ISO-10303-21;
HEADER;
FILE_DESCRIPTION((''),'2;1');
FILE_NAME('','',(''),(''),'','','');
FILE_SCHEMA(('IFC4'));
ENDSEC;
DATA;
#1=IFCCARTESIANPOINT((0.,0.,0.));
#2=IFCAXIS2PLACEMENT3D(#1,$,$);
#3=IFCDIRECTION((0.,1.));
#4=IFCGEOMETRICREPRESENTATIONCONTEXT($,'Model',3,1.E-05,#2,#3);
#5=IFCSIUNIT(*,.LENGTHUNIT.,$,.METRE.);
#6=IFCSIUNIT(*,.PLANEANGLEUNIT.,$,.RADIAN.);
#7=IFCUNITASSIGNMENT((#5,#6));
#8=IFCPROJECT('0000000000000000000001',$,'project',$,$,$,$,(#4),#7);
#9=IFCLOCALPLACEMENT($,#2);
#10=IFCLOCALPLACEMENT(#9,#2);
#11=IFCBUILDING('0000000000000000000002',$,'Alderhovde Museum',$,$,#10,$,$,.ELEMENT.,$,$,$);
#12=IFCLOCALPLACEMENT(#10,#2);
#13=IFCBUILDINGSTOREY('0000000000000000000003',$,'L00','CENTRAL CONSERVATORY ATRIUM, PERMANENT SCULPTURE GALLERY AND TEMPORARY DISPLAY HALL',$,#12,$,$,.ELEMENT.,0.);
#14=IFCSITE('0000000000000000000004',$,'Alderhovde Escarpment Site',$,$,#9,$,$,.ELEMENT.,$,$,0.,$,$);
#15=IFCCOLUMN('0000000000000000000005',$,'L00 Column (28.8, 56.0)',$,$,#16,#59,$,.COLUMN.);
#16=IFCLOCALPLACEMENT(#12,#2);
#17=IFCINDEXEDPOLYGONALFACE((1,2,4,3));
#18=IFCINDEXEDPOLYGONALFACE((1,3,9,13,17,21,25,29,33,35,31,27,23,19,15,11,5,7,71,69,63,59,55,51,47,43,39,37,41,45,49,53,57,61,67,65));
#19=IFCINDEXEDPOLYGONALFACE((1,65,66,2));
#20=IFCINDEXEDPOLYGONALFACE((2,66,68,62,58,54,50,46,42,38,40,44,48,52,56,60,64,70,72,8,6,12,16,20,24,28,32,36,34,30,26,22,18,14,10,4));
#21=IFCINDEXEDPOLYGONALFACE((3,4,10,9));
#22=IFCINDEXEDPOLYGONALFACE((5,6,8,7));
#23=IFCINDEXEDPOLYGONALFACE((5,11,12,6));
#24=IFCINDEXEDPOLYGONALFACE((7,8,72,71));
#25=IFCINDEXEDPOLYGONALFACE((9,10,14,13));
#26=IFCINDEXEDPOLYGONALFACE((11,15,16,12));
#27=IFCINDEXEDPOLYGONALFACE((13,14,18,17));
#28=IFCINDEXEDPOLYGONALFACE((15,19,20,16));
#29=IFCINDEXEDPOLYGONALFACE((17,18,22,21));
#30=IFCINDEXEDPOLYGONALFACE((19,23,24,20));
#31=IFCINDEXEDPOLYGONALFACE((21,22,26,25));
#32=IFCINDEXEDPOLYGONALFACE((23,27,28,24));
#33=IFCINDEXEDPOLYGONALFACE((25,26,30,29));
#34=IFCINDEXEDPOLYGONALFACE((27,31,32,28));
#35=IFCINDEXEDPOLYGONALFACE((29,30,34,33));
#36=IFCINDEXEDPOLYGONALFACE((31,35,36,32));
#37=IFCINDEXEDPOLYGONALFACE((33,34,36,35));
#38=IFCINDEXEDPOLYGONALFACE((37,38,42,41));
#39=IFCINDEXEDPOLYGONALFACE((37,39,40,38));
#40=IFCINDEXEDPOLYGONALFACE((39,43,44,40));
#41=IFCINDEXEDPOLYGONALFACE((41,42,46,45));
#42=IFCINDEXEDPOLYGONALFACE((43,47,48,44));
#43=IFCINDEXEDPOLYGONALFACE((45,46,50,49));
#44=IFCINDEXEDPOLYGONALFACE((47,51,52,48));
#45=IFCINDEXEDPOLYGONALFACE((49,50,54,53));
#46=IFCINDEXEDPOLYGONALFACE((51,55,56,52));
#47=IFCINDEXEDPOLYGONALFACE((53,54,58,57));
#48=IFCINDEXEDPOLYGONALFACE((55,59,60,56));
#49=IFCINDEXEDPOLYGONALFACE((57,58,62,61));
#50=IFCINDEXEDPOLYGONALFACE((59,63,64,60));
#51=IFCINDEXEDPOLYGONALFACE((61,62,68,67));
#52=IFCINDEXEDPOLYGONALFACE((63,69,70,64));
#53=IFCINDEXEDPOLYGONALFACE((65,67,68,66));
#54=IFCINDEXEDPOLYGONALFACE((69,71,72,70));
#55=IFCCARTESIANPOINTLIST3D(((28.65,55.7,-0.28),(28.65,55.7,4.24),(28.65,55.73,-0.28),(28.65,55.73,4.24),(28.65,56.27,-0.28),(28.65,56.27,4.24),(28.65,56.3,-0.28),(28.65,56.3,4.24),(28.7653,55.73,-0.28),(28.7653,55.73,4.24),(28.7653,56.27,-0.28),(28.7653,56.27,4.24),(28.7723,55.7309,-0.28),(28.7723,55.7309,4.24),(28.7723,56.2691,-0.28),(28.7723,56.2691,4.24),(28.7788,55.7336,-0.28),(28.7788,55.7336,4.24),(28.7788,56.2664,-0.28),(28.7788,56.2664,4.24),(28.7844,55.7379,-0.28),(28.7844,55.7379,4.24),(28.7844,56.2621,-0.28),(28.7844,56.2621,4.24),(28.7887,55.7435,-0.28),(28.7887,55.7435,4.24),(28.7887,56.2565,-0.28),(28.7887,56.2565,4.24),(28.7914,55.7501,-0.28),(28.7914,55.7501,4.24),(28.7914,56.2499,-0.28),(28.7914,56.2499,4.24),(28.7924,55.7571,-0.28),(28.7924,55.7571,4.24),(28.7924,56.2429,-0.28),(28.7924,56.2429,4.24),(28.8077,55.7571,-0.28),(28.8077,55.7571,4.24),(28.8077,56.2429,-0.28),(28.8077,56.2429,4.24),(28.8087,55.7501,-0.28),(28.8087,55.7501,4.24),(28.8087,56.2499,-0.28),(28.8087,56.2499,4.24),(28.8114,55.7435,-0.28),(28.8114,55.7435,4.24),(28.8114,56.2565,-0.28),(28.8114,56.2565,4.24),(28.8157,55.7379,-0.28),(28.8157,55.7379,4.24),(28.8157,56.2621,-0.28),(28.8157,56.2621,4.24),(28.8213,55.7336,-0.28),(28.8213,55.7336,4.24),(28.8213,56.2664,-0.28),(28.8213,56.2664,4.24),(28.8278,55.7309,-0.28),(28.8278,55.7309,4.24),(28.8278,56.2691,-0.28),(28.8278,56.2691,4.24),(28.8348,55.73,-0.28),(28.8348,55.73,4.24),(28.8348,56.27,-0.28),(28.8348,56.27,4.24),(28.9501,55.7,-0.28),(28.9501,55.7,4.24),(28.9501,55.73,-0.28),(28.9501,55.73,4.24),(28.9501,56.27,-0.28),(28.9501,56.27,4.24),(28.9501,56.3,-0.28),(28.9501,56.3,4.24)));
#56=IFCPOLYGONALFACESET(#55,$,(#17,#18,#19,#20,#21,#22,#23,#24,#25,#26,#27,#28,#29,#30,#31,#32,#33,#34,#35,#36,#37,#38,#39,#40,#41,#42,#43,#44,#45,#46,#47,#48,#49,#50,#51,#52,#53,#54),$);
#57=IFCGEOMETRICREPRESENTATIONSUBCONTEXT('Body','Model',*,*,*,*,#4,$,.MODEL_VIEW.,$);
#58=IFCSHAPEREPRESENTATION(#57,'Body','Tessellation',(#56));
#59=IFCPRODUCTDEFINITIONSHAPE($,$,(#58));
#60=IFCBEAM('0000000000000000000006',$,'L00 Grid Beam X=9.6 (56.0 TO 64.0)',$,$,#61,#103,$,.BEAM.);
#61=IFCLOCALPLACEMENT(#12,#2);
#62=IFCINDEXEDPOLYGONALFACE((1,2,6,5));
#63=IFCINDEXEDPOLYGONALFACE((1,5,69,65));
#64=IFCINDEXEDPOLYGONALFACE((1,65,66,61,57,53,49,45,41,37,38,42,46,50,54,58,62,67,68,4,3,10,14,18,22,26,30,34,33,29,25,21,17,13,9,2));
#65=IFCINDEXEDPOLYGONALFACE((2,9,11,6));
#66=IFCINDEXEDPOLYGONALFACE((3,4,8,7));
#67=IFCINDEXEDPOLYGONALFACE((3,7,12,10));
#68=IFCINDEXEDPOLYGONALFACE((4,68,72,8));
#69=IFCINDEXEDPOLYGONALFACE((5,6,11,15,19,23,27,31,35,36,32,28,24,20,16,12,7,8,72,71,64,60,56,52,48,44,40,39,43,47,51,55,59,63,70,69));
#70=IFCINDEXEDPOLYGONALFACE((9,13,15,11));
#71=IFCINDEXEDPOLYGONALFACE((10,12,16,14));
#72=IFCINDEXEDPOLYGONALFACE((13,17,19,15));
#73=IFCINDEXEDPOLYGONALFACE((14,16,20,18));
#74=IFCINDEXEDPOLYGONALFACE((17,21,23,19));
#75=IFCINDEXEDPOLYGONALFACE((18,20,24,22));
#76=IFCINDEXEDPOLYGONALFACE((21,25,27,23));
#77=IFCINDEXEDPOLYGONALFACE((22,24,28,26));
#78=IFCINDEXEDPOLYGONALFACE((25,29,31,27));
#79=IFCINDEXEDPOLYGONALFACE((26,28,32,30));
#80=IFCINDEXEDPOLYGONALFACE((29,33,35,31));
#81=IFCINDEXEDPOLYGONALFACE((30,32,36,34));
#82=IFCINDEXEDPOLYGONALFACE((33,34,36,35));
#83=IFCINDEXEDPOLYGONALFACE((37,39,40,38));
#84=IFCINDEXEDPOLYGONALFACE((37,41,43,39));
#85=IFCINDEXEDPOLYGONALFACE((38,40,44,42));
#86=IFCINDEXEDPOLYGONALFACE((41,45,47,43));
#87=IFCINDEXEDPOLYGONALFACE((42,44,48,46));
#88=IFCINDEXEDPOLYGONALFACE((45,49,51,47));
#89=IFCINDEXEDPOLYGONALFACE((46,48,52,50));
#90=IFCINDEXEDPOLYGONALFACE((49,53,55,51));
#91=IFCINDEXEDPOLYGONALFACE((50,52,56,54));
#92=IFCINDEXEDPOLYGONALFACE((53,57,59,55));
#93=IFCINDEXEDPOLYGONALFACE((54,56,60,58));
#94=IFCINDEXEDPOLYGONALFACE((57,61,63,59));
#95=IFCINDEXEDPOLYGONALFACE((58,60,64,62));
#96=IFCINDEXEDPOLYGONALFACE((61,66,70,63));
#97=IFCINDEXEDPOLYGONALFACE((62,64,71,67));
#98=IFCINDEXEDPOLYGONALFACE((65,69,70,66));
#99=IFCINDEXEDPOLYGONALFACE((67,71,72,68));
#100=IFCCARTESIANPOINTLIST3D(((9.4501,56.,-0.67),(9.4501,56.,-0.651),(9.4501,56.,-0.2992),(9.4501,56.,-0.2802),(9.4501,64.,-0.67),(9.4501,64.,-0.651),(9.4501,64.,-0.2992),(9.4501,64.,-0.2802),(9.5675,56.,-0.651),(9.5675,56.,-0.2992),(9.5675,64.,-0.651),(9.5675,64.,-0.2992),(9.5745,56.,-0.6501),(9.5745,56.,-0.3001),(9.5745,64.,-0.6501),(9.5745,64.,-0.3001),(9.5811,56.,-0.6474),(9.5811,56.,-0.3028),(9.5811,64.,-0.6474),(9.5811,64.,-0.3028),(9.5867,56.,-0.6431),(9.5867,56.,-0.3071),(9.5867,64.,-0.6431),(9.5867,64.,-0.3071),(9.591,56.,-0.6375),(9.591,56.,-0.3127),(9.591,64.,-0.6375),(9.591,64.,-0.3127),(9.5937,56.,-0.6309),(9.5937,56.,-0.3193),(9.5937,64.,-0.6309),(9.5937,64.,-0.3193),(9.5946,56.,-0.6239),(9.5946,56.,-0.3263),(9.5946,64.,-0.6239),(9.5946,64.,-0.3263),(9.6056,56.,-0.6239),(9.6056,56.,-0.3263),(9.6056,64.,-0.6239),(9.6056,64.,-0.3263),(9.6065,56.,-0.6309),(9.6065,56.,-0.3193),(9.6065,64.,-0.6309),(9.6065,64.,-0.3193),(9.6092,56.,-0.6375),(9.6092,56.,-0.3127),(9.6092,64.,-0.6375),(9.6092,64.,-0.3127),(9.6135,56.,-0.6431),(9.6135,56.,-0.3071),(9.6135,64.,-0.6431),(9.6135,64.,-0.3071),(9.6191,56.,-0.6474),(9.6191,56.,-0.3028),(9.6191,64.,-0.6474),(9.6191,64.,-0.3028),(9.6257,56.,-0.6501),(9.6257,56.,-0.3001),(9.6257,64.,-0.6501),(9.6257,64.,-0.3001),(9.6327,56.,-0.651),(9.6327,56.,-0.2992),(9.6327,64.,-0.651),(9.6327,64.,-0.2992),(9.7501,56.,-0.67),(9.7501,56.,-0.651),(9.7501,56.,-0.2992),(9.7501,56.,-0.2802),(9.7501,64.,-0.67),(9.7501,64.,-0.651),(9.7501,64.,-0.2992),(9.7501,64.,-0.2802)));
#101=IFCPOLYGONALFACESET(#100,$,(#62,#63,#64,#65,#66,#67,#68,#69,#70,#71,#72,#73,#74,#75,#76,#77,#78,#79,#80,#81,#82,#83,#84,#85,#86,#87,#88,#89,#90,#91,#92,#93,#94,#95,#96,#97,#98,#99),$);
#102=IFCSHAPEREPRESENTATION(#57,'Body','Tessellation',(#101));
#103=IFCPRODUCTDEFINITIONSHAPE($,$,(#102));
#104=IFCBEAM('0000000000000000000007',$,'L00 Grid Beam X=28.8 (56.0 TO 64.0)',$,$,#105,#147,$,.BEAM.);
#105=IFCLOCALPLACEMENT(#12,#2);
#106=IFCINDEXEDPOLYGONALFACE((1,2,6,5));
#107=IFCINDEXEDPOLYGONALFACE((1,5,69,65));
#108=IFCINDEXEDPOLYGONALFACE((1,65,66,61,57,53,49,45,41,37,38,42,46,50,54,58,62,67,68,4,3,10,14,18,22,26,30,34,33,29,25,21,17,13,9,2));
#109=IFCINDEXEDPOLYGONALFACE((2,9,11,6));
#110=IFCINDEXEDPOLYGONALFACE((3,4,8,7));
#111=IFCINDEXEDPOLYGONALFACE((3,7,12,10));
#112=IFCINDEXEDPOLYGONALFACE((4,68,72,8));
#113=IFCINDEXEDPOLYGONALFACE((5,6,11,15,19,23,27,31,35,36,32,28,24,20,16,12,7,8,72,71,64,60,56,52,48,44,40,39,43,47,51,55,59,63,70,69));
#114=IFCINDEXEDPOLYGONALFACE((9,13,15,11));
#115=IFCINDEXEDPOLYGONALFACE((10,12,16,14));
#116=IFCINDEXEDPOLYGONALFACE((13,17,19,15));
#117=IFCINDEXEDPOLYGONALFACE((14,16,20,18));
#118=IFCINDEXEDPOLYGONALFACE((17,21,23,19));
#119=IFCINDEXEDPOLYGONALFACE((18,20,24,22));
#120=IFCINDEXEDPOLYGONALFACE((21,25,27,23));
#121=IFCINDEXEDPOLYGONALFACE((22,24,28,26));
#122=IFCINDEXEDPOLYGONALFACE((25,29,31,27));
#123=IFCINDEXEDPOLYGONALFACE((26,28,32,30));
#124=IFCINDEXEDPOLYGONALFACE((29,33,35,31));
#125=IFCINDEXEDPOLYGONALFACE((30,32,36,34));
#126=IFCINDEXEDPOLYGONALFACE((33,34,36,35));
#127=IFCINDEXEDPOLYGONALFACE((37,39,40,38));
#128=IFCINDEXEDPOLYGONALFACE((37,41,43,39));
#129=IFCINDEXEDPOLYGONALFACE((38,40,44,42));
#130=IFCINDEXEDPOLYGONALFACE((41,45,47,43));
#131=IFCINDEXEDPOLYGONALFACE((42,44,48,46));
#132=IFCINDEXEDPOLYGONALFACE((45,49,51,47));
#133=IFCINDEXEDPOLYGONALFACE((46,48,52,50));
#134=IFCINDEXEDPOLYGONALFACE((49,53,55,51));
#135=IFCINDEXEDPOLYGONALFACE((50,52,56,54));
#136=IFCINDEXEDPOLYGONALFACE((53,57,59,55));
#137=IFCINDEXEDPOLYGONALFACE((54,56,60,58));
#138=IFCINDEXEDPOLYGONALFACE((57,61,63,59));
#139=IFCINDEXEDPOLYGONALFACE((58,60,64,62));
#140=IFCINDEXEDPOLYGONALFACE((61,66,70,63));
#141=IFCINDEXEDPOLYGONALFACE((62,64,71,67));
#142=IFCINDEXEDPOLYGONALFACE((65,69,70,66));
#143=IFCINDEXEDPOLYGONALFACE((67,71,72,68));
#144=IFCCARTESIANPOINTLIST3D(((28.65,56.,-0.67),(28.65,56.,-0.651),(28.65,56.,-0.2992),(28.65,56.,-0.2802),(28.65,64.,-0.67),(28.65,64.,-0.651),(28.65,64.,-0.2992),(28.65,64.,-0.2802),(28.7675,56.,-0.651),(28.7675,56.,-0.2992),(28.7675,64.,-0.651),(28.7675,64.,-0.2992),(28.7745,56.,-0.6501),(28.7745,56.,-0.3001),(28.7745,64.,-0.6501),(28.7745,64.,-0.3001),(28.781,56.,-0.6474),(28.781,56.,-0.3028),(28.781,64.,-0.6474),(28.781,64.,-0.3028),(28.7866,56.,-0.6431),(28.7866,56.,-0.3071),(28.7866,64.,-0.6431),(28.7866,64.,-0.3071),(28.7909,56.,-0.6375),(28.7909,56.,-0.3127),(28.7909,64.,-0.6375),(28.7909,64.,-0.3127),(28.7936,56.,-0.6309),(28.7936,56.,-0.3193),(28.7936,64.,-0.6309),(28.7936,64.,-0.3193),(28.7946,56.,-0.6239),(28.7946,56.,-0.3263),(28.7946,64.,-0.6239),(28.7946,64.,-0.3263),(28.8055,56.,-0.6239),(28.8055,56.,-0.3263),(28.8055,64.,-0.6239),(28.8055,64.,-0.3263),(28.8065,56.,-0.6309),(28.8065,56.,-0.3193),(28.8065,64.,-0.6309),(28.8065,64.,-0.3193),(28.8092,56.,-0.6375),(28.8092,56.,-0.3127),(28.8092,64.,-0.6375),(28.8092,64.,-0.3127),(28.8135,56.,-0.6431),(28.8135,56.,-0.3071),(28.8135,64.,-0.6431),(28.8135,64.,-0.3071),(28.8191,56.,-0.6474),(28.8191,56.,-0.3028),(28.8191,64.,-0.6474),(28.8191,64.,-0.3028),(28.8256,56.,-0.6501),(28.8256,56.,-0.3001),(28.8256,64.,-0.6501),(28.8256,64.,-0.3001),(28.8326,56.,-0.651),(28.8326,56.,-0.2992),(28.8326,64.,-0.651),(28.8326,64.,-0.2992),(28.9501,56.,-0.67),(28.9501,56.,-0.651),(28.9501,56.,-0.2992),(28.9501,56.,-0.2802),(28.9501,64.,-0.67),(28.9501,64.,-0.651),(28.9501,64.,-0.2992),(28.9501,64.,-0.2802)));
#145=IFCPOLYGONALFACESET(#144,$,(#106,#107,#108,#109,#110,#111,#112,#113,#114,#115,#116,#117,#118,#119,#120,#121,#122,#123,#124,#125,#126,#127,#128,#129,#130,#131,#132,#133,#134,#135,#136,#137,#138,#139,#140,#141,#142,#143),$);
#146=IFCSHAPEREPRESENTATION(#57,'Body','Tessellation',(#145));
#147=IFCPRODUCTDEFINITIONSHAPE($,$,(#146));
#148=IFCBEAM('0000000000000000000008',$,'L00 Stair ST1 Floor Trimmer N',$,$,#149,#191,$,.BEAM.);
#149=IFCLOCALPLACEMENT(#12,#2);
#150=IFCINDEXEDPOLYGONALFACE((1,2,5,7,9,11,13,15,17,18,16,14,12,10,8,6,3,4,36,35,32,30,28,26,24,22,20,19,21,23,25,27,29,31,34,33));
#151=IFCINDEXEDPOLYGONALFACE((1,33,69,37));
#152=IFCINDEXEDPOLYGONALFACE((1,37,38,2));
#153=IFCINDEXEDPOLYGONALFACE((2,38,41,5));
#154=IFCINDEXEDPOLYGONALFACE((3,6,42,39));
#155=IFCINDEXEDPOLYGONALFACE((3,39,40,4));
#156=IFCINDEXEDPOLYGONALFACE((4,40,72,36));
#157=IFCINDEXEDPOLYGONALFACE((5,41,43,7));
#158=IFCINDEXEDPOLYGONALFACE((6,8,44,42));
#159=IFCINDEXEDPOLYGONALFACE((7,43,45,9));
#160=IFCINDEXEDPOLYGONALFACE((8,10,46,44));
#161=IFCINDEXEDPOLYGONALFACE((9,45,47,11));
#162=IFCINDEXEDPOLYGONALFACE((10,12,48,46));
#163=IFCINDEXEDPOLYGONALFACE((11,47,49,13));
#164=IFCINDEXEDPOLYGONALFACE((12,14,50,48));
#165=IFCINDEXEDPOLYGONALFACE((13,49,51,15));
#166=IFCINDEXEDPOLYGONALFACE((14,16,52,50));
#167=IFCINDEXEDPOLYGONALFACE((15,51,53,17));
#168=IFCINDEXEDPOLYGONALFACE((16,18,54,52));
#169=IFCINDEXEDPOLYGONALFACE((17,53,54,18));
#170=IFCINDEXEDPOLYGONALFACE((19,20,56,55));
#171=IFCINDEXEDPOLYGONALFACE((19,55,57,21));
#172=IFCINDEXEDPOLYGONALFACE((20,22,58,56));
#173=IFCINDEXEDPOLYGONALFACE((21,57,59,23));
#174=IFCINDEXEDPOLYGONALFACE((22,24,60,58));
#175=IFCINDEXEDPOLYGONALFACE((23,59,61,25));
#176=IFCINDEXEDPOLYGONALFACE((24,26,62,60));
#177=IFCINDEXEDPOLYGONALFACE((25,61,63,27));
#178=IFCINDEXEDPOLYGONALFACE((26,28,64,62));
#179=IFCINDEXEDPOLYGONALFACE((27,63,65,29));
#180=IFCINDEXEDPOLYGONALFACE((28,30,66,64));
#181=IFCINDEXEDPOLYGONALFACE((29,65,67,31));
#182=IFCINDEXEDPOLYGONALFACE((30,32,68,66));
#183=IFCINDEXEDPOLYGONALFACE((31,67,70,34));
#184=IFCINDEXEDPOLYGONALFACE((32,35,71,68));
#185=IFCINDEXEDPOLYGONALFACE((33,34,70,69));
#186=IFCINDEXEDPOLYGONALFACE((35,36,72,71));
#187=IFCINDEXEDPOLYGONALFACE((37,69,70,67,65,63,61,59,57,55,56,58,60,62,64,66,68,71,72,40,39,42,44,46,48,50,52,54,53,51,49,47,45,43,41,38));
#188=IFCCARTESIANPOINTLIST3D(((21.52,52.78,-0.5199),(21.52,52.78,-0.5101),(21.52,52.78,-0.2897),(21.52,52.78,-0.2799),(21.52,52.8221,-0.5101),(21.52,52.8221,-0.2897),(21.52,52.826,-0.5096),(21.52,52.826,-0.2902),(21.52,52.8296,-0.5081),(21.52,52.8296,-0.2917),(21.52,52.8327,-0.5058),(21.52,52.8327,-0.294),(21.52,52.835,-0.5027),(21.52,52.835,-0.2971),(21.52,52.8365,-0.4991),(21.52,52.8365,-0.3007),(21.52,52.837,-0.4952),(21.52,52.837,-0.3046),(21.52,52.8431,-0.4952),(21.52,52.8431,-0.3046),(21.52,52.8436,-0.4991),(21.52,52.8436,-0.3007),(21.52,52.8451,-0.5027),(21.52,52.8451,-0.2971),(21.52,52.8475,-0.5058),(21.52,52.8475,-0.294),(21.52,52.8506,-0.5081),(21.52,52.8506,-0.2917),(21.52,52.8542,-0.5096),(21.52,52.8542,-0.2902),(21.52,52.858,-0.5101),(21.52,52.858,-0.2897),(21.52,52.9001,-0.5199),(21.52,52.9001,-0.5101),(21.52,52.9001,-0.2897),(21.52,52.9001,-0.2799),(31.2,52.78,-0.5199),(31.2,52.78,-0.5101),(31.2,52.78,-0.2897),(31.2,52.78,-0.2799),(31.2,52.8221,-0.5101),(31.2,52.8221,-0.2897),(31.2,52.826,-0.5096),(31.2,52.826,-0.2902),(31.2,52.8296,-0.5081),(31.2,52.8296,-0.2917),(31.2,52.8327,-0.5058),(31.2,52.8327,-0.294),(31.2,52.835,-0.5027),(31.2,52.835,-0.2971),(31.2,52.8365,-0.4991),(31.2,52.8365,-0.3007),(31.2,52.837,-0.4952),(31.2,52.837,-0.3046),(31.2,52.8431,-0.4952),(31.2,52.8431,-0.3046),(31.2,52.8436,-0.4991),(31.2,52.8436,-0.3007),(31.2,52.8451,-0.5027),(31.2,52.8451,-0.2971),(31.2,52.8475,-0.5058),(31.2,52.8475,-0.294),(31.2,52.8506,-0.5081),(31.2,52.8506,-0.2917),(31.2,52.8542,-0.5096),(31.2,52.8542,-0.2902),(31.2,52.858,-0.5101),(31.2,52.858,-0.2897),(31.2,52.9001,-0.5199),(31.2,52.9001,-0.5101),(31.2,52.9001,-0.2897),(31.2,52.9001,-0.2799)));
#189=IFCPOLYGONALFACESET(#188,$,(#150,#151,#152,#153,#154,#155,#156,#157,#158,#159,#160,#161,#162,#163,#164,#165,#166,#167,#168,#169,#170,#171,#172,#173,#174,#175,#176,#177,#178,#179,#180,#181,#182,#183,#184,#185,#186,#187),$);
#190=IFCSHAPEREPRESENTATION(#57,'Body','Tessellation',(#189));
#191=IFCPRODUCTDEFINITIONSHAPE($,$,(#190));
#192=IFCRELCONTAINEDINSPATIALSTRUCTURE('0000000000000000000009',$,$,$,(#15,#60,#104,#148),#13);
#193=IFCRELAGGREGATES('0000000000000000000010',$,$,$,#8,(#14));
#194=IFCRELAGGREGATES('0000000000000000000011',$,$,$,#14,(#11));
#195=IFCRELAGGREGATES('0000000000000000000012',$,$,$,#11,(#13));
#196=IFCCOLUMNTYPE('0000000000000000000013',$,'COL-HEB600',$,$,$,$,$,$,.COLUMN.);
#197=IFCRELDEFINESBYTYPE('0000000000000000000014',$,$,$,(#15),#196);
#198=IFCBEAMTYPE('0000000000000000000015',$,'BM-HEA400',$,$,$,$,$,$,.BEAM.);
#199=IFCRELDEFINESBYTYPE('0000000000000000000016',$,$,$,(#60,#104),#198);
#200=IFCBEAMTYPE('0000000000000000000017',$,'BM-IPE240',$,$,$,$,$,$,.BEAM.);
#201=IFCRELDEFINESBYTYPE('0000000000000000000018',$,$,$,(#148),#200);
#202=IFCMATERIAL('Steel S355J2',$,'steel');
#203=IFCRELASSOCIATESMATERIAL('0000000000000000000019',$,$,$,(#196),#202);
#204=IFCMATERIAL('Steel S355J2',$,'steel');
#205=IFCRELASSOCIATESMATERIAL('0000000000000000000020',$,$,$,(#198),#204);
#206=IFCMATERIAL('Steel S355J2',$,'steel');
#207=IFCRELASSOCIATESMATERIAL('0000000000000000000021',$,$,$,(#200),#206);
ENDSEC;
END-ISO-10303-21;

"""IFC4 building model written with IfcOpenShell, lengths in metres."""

from ifc_helpers import new_model, si_unit, direction, frame, origin, origin_2d, place, context, subcontext, project, spatial, i_section, extrude, material, material_profile, profile_set, type_object, element, save


model = new_model("IFC4")

# Units and contexts
model_context = context("Model", 3, precision=1e-05, world=origin(), true_north=direction((0.0, 1.0)))
body_context = subcontext(model_context, "Body", "Model", "MODEL_VIEW")
ifc_project = project(units=[si_unit("LENGTHUNIT", "METRE"), si_unit("PLANEANGLEUNIT", "RADIAN")], contexts=[model_context])

# Site, building, storey
site_placement = place(None, origin())
site = spatial("IfcSite", under=ifc_project, at=site_placement, Name="Alderhovde Escarpment Site", CompositionType="ELEMENT", RefElevation=0.0)
building_placement = place(site_placement, origin())
building = spatial("IfcBuilding", under=site, at=building_placement, Name="Alderhovde Museum", CompositionType="ELEMENT")
storey_placement = place(building_placement, origin())
storey = spatial("IfcBuildingStorey", under=building, at=storey_placement, Name="L00", Description="CENTRAL CONSERVATORY ATRIUM, PERMANENT SCULPTURE GALLERY AND TEMPORARY DISPLAY HALL", CompositionType="ELEMENT", Elevation=0.0)

# Column
ifc_material_1 = material(Name="Steel S355J2", Category="steel")
ifc_material_profile_1 = material_profile(ifc_material_1, i_section(OverallWidth=0.3, OverallDepth=0.6001, WebThickness=0.0154, FlangeThickness=0.03, FilletRadius=0.0271, at=origin_2d()), Name="HEB 600")
ifc_profile_set_1 = profile_set([ifc_material_profile_1], Name="Steel S355J2")
column_type_1 = type_object("IfcColumnType", Name="COL-HEB600", PredefinedType="COLUMN", material=ifc_profile_set_1)
for number, where, z_axis, x_axis, name in (
    (1, (28.8, 56.0, -0.28), (0.0, 0.0, 1.0), (1.0, 0.0, 0.0), "L00 Column (28.8, 56.0)"),
):
    element("IfcColumn", number, at=place(storey_placement, frame(where, z_axis=z_axis, x_axis=x_axis)), inside=storey, type_object=column_type_1, Name=name, PredefinedType="COLUMN", context=body_context, shape_type="SweptSolid", body=[
        extrude(i_section(OverallWidth=0.3, OverallDepth=0.6001, WebThickness=0.0154, FlangeThickness=0.03, FilletRadius=0.0271, at=origin_2d()), origin(), (0.0, 0.0, 1.0), 4.52),
    ])

# Beams
ifc_material_2 = material(Name="Steel S355J2", Category="steel")
ifc_material_profile_2 = material_profile(ifc_material_2, i_section(OverallWidth=0.3, OverallDepth=0.3899, WebThickness=0.011, FlangeThickness=0.019, FilletRadius=0.0271, at=origin_2d()), Name="HEA 400")
ifc_profile_set_2 = profile_set([ifc_material_profile_2], Name="Steel S355J2")
beam_type_1 = type_object("IfcBeamType", Name="BM-HEA400", PredefinedType="BEAM", material=ifc_profile_set_2)
for number, where, z_axis, x_axis, name in (
    (2, (9.6001, 56.0, -0.4751), (0.0, 1.0, 0.0), (-1.0, 0.0, 0.0), "L00 Grid Beam X=9.6 (56.0 TO 64.0)"),
    (3, (28.8, 56.0, -0.4751), (0.0, 1.0, 0.0), (-1.0, 0.0, 0.0), "L00 Grid Beam X=28.8 (56.0 TO 64.0)"),
):
    element("IfcBeam", number, at=place(storey_placement, frame(where, z_axis=z_axis, x_axis=x_axis)), inside=storey, type_object=beam_type_1, Name=name, PredefinedType="BEAM", context=body_context, shape_type="SweptSolid", body=[
        extrude(i_section(OverallWidth=0.3, OverallDepth=0.3899, WebThickness=0.011, FlangeThickness=0.019, FilletRadius=0.0271, at=origin_2d()), origin(), (0.0, 0.0, 1.0), 8.0),
    ])
ifc_material_3 = material(Name="Steel S355J2", Category="steel")
ifc_material_profile_3 = material_profile(ifc_material_3, i_section(OverallWidth=0.1201, OverallDepth=0.24, WebThickness=0.0061, FlangeThickness=0.0098, FilletRadius=0.0149, at=origin_2d()), Name="IPE 240")
ifc_profile_set_3 = profile_set([ifc_material_profile_3], Name="Steel S355J2")
beam_type_2 = type_object("IfcBeamType", Name="BM-IPE240", PredefinedType="BEAM", material=ifc_profile_set_3)
for number, where, z_axis, x_axis, name in (
    (4, (21.52, 52.8401, -0.3999), (1.0, 0.0, 0.0), (0.0, 1.0, 0.0), "L00 Stair ST1 Floor Trimmer N"),
):
    element("IfcBeam", number, at=place(storey_placement, frame(where, z_axis=z_axis, x_axis=x_axis)), inside=storey, type_object=beam_type_2, Name=name, PredefinedType="BEAM", context=body_context, shape_type="SweptSolid", body=[
        extrude(i_section(OverallWidth=0.1201, OverallDepth=0.24, WebThickness=0.0061, FlangeThickness=0.0098, FilletRadius=0.0149, at=origin_2d()), origin(), (0.0, 0.0, 1.0), 9.6799),
    ])

save(model, "model.ifc")
